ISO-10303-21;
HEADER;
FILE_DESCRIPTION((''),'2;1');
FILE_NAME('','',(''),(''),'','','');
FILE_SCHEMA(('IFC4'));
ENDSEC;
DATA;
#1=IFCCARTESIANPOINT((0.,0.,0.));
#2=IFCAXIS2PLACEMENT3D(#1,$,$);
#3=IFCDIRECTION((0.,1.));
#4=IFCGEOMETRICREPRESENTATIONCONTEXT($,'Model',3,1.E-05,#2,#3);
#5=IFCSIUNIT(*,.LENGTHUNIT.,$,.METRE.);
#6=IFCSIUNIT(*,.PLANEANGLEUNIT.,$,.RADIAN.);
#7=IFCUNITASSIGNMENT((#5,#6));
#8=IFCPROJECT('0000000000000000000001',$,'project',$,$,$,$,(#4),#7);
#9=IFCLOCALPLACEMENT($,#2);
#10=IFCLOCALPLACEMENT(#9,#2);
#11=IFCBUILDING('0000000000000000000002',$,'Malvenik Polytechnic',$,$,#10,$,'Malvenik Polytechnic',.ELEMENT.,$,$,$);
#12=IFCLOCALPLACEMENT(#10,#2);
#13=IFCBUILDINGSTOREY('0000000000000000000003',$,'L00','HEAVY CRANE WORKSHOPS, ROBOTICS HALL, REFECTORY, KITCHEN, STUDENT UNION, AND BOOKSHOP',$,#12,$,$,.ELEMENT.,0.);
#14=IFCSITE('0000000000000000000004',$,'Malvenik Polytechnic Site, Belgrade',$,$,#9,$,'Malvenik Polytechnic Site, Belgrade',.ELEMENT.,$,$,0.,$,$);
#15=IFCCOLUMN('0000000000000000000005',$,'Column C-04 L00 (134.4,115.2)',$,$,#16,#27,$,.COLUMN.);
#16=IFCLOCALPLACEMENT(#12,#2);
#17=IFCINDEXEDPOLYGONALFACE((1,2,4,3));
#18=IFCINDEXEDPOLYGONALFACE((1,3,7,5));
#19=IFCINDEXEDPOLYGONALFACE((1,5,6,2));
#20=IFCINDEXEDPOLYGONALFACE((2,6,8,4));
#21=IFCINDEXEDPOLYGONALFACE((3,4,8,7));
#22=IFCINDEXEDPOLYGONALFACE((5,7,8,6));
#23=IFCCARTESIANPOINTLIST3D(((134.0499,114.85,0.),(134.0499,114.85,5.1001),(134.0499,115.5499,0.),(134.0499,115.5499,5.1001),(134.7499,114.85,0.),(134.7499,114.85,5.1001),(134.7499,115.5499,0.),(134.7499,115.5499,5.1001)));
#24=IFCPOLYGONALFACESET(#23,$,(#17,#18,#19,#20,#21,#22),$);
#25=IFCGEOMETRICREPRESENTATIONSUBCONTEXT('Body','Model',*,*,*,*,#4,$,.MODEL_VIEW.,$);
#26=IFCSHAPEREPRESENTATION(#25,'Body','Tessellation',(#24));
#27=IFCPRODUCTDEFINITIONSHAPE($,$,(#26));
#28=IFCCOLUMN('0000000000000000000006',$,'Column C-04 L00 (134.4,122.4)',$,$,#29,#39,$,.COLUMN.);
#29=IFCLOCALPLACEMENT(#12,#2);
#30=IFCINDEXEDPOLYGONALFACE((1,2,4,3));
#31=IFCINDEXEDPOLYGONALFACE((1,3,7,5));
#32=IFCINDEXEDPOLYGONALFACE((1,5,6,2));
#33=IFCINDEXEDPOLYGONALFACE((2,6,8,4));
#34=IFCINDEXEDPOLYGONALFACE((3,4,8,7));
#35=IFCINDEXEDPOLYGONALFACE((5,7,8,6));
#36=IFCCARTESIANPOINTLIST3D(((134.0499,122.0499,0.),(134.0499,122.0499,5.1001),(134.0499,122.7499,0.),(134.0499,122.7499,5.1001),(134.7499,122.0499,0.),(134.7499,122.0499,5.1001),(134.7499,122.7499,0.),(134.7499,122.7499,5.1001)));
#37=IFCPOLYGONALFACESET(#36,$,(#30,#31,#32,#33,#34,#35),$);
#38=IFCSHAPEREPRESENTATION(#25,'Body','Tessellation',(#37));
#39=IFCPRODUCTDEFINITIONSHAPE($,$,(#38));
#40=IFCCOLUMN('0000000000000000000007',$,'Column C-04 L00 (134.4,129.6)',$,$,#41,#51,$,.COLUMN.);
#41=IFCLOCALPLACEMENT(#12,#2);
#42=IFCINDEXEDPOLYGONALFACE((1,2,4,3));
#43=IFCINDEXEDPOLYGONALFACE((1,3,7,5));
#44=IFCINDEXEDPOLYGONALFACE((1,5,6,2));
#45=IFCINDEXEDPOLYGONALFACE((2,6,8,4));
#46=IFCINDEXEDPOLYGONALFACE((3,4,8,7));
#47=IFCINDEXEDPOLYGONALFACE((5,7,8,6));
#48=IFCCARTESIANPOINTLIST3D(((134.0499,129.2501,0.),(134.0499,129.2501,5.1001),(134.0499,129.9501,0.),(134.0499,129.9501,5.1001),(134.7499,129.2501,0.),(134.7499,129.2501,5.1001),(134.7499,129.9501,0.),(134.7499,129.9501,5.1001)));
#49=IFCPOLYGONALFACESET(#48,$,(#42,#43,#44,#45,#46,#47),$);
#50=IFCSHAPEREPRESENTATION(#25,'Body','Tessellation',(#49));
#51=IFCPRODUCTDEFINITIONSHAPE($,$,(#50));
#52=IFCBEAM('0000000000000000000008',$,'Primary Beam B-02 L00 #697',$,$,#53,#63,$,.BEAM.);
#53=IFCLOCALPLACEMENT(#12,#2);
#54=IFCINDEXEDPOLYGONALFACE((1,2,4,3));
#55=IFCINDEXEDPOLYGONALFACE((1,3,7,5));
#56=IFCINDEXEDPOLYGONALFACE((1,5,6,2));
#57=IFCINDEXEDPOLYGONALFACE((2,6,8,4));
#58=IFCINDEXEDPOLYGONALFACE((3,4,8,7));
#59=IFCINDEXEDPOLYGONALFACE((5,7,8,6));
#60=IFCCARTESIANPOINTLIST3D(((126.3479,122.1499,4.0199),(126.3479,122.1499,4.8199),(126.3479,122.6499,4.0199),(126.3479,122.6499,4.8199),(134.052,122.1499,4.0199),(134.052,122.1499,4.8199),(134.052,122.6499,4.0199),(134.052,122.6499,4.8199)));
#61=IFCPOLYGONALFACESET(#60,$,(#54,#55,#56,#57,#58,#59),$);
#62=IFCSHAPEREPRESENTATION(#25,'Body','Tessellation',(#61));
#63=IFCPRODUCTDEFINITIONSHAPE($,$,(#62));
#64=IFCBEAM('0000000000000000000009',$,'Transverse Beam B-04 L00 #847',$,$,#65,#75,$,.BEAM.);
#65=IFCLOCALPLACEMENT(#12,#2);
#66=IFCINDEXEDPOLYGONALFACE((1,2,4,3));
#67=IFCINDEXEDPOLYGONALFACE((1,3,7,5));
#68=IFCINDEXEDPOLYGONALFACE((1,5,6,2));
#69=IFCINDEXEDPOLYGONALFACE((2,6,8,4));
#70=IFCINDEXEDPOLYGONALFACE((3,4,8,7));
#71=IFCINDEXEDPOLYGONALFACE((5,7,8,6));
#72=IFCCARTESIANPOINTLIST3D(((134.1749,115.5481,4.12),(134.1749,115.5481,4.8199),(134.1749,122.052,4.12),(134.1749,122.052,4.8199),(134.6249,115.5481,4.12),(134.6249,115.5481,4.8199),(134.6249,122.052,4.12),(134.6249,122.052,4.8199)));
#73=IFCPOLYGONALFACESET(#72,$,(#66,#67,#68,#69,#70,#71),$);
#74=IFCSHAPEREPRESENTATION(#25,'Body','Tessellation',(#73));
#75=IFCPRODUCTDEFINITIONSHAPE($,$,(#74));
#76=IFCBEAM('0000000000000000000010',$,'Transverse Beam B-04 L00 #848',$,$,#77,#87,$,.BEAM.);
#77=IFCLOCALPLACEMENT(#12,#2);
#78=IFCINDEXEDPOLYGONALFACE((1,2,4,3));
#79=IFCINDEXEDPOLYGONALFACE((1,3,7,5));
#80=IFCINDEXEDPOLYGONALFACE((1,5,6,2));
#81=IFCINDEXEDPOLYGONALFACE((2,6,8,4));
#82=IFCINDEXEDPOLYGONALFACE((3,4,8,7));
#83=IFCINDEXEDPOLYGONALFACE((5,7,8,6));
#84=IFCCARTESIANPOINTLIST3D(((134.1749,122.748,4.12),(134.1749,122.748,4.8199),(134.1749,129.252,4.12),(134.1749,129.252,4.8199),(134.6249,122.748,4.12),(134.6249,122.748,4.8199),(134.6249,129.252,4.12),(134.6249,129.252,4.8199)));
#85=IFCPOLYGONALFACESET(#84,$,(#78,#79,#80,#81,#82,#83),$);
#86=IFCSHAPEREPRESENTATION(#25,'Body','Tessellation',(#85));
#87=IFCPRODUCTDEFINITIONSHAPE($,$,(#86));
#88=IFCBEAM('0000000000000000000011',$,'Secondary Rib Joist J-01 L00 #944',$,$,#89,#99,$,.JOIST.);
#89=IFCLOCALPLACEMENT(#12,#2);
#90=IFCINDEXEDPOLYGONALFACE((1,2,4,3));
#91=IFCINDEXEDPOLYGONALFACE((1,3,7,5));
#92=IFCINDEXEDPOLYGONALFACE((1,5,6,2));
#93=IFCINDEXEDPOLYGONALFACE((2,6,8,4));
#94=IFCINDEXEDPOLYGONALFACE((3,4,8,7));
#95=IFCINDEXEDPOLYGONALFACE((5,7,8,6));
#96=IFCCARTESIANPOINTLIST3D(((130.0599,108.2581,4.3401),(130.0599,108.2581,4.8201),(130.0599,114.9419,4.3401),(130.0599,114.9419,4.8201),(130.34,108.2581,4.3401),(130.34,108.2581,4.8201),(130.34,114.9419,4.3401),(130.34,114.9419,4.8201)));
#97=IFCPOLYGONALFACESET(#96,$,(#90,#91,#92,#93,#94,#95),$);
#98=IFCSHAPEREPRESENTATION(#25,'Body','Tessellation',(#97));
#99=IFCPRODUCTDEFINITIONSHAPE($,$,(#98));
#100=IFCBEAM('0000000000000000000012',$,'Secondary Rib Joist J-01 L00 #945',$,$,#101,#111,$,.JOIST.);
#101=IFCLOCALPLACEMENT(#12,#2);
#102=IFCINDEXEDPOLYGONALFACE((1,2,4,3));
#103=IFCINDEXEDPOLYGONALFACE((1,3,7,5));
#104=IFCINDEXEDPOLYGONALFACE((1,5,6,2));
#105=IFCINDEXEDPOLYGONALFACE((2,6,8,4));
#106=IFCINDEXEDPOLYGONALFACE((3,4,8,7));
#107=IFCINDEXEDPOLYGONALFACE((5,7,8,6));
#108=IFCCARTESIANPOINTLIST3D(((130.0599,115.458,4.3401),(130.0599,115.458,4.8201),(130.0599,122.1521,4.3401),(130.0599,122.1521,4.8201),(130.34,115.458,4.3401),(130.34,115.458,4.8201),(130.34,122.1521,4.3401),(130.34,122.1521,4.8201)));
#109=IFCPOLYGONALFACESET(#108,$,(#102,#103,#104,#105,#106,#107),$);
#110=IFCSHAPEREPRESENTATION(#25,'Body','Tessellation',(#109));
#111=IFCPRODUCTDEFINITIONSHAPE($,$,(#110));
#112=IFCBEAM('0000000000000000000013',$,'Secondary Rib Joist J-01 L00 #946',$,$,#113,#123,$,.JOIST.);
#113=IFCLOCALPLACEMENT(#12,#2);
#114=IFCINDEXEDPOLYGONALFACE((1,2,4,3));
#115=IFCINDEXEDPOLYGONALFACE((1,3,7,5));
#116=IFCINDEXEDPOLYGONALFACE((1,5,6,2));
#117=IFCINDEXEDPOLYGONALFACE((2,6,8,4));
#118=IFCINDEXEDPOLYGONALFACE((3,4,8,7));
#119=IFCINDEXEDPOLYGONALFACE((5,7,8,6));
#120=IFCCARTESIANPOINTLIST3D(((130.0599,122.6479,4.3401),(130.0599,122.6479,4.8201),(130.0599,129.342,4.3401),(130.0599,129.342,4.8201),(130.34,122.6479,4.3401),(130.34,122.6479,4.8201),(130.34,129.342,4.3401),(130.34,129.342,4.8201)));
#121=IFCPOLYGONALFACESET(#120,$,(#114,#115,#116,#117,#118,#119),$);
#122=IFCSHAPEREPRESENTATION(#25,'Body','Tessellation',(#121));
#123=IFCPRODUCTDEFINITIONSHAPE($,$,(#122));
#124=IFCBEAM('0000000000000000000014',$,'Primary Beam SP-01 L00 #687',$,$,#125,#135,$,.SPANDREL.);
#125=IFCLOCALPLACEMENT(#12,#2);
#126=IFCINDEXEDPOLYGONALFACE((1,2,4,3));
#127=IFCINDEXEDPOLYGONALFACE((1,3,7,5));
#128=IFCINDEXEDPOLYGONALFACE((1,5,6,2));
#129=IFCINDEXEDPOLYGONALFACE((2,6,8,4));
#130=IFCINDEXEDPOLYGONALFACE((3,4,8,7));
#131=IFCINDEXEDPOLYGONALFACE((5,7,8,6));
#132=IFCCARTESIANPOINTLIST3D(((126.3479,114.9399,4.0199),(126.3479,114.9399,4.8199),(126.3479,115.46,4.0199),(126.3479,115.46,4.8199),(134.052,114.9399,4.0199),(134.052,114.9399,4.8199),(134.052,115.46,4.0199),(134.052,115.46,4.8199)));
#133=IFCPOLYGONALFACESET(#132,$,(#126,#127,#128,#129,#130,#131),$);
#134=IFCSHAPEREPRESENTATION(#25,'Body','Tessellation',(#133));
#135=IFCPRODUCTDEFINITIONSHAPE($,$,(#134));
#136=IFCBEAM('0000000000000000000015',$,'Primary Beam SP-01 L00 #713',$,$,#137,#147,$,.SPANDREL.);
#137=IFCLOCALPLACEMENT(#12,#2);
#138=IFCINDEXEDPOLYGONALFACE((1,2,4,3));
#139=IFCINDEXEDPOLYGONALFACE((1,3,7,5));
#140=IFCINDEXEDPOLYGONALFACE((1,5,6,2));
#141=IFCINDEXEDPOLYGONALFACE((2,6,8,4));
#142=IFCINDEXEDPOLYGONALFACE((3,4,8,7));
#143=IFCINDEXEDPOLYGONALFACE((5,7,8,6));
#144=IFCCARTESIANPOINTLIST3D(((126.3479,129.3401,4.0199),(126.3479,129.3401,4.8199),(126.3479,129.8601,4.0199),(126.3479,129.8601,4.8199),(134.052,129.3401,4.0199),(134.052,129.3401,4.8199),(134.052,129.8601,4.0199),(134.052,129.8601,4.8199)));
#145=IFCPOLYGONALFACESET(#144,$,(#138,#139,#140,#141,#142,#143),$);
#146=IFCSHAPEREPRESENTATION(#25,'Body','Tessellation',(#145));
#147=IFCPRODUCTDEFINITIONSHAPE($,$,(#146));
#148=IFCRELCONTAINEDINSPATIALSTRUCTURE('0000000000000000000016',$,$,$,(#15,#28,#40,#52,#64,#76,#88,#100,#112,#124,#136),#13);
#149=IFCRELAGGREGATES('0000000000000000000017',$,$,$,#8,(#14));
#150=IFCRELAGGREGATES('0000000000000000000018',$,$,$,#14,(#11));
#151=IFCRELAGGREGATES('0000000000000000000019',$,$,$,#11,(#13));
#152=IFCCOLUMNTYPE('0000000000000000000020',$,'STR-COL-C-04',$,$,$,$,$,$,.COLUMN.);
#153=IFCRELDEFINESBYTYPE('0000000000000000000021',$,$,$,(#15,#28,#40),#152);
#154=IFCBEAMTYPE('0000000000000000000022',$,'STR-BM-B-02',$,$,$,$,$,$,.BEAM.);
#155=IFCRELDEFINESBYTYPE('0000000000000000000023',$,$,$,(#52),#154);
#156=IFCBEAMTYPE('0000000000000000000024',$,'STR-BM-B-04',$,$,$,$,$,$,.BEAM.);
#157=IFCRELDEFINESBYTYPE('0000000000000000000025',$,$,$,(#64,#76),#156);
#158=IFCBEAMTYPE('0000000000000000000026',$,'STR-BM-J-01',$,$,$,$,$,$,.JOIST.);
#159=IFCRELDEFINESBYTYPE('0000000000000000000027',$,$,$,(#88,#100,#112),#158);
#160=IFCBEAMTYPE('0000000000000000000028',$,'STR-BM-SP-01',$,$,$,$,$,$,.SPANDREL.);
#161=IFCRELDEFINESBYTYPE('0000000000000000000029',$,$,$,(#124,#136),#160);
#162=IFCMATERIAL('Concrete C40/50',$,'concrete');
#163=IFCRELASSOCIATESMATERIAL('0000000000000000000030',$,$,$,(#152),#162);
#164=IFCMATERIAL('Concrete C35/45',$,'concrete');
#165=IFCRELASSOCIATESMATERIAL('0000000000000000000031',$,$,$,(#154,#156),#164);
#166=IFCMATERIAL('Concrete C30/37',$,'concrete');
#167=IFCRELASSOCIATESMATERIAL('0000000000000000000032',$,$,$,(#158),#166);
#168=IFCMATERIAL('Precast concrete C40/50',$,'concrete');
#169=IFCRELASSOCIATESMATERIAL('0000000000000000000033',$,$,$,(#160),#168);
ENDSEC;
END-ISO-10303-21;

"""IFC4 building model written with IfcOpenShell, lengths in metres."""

from ifc_helpers import new_model, si_unit, direction, frame, origin, origin_2d, place, context, subcontext, project, spatial, rectangle, extrude, material, material_profile, profile_set, type_object, element, save


model = new_model("IFC4")

# Units and contexts
model_context = context("Model", 3, precision=1e-05, world=origin(), true_north=direction((0.0, 1.0)))
body_context = subcontext(model_context, "Body", "Model", "MODEL_VIEW")
ifc_project = project(units=[si_unit("LENGTHUNIT", "METRE"), si_unit("PLANEANGLEUNIT", "RADIAN")], contexts=[model_context])

# Site, building, storey
site_placement = place(None, origin())
site = spatial("IfcSite", under=ifc_project, at=site_placement, Name="Malvenik Polytechnic Site, Belgrade", LongName="Malvenik Polytechnic Site, Belgrade", CompositionType="ELEMENT", RefElevation=0.0)
building_placement = place(site_placement, origin())
building = spatial("IfcBuilding", under=site, at=building_placement, Name="Malvenik Polytechnic", LongName="Malvenik Polytechnic", CompositionType="ELEMENT")
storey_placement = place(building_placement, origin())
storey = spatial("IfcBuildingStorey", under=building, at=storey_placement, Name="L00", Description="HEAVY CRANE WORKSHOPS, ROBOTICS HALL, REFECTORY, KITCHEN, STUDENT UNION, AND BOOKSHOP", CompositionType="ELEMENT", Elevation=0.0)

# Columns
ifc_material_1 = material(Name="Concrete C40/50", Category="concrete")
ifc_material_profile_1 = material_profile(ifc_material_1, rectangle(XDim=0.7, YDim=0.7, at=origin_2d()), Name="RC COL 700x700")
ifc_profile_set_1 = profile_set([ifc_material_profile_1], Name="Concrete C40/50")
column_type = type_object("IfcColumnType", Name="STR-COL-C-04", PredefinedType="COLUMN", material=ifc_profile_set_1)
for number, where, z_axis, x_axis, name in (
    (1, (134.3999, 115.2, 0.0), (0.0, 0.0, 1.0), (1.0, 0.0, 0.0), "Column C-04 L00 (134.4,115.2)"),
    (2, (134.3999, 122.3999, 0.0), (0.0, 0.0, 1.0), (1.0, 0.0, 0.0), "Column C-04 L00 (134.4,122.4)"),
    (3, (134.3999, 129.6001, 0.0), (0.0, 0.0, 1.0), (1.0, 0.0, 0.0), "Column C-04 L00 (134.4,129.6)"),
):
    element("IfcColumn", number, at=place(storey_placement, frame(where, z_axis=z_axis, x_axis=x_axis)), inside=storey, type_object=column_type, Name=name, PredefinedType="COLUMN", context=body_context, shape_type="SweptSolid", body=[
        extrude(rectangle(XDim=0.7, YDim=0.7, at=origin_2d()), origin(), (0.0, 0.0, 1.0), 5.1001),
    ])

# Beams
ifc_material_2 = material(Name="Concrete C35/45", Category="concrete")
ifc_material_profile_2 = material_profile(ifc_material_2, rectangle(XDim=0.5, YDim=0.8, at=origin_2d()), Name="RC BM 500x800")
ifc_profile_set_2 = profile_set([ifc_material_profile_2], Name="Concrete C35/45")
beam_type_1 = type_object("IfcBeamType", Name="STR-BM-B-02", PredefinedType="BEAM", material=ifc_profile_set_2)
beam_1_placement = place(storey_placement, frame((126.3479, 122.3999, 4.4199), z_axis=(1.0, 0.0, 0.0), x_axis=(0.0, 1.0, 0.0)))
element("IfcBeam", 4, at=beam_1_placement, inside=storey, type_object=beam_type_1, Name="Primary Beam B-02 L00 #697", PredefinedType="BEAM", context=body_context, shape_type="SweptSolid", body=[
    extrude(rectangle(XDim=0.5, YDim=0.8, at=origin_2d()), origin(), (0.0, 0.0, 1.0), 7.7041),
])
ifc_material_profile_3 = material_profile(ifc_material_2, rectangle(XDim=0.45, YDim=0.7, at=origin_2d()), Name="RC BM 450x700")
ifc_profile_set_3 = profile_set([ifc_material_profile_3], Name="Concrete C35/45")
beam_type_2 = type_object("IfcBeamType", Name="STR-BM-B-04", PredefinedType="BEAM", material=ifc_profile_set_3)
for number, where, z_axis, x_axis, name in (
    (5, (134.3999, 115.5481, 4.47), (0.0, 1.0, 0.0), (-1.0, 0.0, 0.0), "Transverse Beam B-04 L00 #847"),
    (6, (134.3999, 122.748, 4.47), (0.0, 1.0, 0.0), (-1.0, 0.0, 0.0), "Transverse Beam B-04 L00 #848"),
):
    element("IfcBeam", number, at=place(storey_placement, frame(where, z_axis=z_axis, x_axis=x_axis)), inside=storey, type_object=beam_type_2, Name=name, PredefinedType="BEAM", context=body_context, shape_type="SweptSolid", body=[
        extrude(rectangle(XDim=0.45, YDim=0.7, at=origin_2d()), origin(), (0.0, 0.0, 1.0), 6.5039),
    ])
ifc_material_3 = material(Name="Concrete C30/37", Category="concrete")
ifc_material_profile_4 = material_profile(ifc_material_3, rectangle(XDim=0.28, YDim=0.48, at=origin_2d()), Name="RC JST 280x480")
ifc_profile_set_4 = profile_set([ifc_material_profile_4], Name="Concrete C30/37")
beam_type_3 = type_object("IfcBeamType", Name="STR-BM-J-01", PredefinedType="JOIST", material=ifc_profile_set_4)
beam_2_placement = place(storey_placement, frame((130.2, 108.2581, 4.5801), z_axis=(0.0, 1.0, 0.0), x_axis=(-1.0, 0.0, 0.0)))
element("IfcBeam", 7, at=beam_2_placement, inside=storey, type_object=beam_type_3, Name="Secondary Rib Joist J-01 L00 #944", PredefinedType="JOIST", context=body_context, shape_type="SweptSolid", body=[
    extrude(rectangle(XDim=0.28, YDim=0.48, at=origin_2d()), origin(), (0.0, 0.0, 1.0), 6.6838),
])
for number, where, z_axis, x_axis, name in (
    (8, (130.2, 115.458, 4.5801), (0.0, 1.0, 0.0), (-1.0, 0.0, 0.0), "Secondary Rib Joist J-01 L00 #945"),
    (9, (130.2, 122.6479, 4.5801), (0.0, 1.0, 0.0), (-1.0, 0.0, 0.0), "Secondary Rib Joist J-01 L00 #946"),
):
    element("IfcBeam", number, at=place(storey_placement, frame(where, z_axis=z_axis, x_axis=x_axis)), inside=storey, type_object=beam_type_3, Name=name, PredefinedType="JOIST", context=body_context, shape_type="SweptSolid", body=[
        extrude(rectangle(XDim=0.28, YDim=0.48, at=origin_2d()), origin(), (0.0, 0.0, 1.0), 6.6941),
    ])
ifc_material_4 = material(Name="Precast concrete C40/50", Category="concrete")
ifc_material_profile_5 = material_profile(ifc_material_4, rectangle(XDim=0.52, YDim=0.8, at=origin_2d()), Name="PC SPN 520x800")
ifc_profile_set_5 = profile_set([ifc_material_profile_5], Name="Precast concrete C40/50")
beam_type_4 = type_object("IfcBeamType", Name="STR-BM-SP-01", PredefinedType="SPANDREL", material=ifc_profile_set_5)
for number, where, z_axis, x_axis, name in (
    (10, (126.3479, 115.2, 4.4199), (1.0, 0.0, 0.0), (0.0, 1.0, 0.0), "Primary Beam SP-01 L00 #687"),
    (11, (126.3479, 129.6001, 4.4199), (1.0, 0.0, 0.0), (0.0, 1.0, 0.0), "Primary Beam SP-01 L00 #713"),
):
    element("IfcBeam", number, at=place(storey_placement, frame(where, z_axis=z_axis, x_axis=x_axis)), inside=storey, type_object=beam_type_4, Name=name, PredefinedType="SPANDREL", context=body_context, shape_type="SweptSolid", body=[
        extrude(rectangle(XDim=0.52, YDim=0.8, at=origin_2d()), origin(), (0.0, 0.0, 1.0), 7.7041),
    ])

save(model, "model.ifc")
